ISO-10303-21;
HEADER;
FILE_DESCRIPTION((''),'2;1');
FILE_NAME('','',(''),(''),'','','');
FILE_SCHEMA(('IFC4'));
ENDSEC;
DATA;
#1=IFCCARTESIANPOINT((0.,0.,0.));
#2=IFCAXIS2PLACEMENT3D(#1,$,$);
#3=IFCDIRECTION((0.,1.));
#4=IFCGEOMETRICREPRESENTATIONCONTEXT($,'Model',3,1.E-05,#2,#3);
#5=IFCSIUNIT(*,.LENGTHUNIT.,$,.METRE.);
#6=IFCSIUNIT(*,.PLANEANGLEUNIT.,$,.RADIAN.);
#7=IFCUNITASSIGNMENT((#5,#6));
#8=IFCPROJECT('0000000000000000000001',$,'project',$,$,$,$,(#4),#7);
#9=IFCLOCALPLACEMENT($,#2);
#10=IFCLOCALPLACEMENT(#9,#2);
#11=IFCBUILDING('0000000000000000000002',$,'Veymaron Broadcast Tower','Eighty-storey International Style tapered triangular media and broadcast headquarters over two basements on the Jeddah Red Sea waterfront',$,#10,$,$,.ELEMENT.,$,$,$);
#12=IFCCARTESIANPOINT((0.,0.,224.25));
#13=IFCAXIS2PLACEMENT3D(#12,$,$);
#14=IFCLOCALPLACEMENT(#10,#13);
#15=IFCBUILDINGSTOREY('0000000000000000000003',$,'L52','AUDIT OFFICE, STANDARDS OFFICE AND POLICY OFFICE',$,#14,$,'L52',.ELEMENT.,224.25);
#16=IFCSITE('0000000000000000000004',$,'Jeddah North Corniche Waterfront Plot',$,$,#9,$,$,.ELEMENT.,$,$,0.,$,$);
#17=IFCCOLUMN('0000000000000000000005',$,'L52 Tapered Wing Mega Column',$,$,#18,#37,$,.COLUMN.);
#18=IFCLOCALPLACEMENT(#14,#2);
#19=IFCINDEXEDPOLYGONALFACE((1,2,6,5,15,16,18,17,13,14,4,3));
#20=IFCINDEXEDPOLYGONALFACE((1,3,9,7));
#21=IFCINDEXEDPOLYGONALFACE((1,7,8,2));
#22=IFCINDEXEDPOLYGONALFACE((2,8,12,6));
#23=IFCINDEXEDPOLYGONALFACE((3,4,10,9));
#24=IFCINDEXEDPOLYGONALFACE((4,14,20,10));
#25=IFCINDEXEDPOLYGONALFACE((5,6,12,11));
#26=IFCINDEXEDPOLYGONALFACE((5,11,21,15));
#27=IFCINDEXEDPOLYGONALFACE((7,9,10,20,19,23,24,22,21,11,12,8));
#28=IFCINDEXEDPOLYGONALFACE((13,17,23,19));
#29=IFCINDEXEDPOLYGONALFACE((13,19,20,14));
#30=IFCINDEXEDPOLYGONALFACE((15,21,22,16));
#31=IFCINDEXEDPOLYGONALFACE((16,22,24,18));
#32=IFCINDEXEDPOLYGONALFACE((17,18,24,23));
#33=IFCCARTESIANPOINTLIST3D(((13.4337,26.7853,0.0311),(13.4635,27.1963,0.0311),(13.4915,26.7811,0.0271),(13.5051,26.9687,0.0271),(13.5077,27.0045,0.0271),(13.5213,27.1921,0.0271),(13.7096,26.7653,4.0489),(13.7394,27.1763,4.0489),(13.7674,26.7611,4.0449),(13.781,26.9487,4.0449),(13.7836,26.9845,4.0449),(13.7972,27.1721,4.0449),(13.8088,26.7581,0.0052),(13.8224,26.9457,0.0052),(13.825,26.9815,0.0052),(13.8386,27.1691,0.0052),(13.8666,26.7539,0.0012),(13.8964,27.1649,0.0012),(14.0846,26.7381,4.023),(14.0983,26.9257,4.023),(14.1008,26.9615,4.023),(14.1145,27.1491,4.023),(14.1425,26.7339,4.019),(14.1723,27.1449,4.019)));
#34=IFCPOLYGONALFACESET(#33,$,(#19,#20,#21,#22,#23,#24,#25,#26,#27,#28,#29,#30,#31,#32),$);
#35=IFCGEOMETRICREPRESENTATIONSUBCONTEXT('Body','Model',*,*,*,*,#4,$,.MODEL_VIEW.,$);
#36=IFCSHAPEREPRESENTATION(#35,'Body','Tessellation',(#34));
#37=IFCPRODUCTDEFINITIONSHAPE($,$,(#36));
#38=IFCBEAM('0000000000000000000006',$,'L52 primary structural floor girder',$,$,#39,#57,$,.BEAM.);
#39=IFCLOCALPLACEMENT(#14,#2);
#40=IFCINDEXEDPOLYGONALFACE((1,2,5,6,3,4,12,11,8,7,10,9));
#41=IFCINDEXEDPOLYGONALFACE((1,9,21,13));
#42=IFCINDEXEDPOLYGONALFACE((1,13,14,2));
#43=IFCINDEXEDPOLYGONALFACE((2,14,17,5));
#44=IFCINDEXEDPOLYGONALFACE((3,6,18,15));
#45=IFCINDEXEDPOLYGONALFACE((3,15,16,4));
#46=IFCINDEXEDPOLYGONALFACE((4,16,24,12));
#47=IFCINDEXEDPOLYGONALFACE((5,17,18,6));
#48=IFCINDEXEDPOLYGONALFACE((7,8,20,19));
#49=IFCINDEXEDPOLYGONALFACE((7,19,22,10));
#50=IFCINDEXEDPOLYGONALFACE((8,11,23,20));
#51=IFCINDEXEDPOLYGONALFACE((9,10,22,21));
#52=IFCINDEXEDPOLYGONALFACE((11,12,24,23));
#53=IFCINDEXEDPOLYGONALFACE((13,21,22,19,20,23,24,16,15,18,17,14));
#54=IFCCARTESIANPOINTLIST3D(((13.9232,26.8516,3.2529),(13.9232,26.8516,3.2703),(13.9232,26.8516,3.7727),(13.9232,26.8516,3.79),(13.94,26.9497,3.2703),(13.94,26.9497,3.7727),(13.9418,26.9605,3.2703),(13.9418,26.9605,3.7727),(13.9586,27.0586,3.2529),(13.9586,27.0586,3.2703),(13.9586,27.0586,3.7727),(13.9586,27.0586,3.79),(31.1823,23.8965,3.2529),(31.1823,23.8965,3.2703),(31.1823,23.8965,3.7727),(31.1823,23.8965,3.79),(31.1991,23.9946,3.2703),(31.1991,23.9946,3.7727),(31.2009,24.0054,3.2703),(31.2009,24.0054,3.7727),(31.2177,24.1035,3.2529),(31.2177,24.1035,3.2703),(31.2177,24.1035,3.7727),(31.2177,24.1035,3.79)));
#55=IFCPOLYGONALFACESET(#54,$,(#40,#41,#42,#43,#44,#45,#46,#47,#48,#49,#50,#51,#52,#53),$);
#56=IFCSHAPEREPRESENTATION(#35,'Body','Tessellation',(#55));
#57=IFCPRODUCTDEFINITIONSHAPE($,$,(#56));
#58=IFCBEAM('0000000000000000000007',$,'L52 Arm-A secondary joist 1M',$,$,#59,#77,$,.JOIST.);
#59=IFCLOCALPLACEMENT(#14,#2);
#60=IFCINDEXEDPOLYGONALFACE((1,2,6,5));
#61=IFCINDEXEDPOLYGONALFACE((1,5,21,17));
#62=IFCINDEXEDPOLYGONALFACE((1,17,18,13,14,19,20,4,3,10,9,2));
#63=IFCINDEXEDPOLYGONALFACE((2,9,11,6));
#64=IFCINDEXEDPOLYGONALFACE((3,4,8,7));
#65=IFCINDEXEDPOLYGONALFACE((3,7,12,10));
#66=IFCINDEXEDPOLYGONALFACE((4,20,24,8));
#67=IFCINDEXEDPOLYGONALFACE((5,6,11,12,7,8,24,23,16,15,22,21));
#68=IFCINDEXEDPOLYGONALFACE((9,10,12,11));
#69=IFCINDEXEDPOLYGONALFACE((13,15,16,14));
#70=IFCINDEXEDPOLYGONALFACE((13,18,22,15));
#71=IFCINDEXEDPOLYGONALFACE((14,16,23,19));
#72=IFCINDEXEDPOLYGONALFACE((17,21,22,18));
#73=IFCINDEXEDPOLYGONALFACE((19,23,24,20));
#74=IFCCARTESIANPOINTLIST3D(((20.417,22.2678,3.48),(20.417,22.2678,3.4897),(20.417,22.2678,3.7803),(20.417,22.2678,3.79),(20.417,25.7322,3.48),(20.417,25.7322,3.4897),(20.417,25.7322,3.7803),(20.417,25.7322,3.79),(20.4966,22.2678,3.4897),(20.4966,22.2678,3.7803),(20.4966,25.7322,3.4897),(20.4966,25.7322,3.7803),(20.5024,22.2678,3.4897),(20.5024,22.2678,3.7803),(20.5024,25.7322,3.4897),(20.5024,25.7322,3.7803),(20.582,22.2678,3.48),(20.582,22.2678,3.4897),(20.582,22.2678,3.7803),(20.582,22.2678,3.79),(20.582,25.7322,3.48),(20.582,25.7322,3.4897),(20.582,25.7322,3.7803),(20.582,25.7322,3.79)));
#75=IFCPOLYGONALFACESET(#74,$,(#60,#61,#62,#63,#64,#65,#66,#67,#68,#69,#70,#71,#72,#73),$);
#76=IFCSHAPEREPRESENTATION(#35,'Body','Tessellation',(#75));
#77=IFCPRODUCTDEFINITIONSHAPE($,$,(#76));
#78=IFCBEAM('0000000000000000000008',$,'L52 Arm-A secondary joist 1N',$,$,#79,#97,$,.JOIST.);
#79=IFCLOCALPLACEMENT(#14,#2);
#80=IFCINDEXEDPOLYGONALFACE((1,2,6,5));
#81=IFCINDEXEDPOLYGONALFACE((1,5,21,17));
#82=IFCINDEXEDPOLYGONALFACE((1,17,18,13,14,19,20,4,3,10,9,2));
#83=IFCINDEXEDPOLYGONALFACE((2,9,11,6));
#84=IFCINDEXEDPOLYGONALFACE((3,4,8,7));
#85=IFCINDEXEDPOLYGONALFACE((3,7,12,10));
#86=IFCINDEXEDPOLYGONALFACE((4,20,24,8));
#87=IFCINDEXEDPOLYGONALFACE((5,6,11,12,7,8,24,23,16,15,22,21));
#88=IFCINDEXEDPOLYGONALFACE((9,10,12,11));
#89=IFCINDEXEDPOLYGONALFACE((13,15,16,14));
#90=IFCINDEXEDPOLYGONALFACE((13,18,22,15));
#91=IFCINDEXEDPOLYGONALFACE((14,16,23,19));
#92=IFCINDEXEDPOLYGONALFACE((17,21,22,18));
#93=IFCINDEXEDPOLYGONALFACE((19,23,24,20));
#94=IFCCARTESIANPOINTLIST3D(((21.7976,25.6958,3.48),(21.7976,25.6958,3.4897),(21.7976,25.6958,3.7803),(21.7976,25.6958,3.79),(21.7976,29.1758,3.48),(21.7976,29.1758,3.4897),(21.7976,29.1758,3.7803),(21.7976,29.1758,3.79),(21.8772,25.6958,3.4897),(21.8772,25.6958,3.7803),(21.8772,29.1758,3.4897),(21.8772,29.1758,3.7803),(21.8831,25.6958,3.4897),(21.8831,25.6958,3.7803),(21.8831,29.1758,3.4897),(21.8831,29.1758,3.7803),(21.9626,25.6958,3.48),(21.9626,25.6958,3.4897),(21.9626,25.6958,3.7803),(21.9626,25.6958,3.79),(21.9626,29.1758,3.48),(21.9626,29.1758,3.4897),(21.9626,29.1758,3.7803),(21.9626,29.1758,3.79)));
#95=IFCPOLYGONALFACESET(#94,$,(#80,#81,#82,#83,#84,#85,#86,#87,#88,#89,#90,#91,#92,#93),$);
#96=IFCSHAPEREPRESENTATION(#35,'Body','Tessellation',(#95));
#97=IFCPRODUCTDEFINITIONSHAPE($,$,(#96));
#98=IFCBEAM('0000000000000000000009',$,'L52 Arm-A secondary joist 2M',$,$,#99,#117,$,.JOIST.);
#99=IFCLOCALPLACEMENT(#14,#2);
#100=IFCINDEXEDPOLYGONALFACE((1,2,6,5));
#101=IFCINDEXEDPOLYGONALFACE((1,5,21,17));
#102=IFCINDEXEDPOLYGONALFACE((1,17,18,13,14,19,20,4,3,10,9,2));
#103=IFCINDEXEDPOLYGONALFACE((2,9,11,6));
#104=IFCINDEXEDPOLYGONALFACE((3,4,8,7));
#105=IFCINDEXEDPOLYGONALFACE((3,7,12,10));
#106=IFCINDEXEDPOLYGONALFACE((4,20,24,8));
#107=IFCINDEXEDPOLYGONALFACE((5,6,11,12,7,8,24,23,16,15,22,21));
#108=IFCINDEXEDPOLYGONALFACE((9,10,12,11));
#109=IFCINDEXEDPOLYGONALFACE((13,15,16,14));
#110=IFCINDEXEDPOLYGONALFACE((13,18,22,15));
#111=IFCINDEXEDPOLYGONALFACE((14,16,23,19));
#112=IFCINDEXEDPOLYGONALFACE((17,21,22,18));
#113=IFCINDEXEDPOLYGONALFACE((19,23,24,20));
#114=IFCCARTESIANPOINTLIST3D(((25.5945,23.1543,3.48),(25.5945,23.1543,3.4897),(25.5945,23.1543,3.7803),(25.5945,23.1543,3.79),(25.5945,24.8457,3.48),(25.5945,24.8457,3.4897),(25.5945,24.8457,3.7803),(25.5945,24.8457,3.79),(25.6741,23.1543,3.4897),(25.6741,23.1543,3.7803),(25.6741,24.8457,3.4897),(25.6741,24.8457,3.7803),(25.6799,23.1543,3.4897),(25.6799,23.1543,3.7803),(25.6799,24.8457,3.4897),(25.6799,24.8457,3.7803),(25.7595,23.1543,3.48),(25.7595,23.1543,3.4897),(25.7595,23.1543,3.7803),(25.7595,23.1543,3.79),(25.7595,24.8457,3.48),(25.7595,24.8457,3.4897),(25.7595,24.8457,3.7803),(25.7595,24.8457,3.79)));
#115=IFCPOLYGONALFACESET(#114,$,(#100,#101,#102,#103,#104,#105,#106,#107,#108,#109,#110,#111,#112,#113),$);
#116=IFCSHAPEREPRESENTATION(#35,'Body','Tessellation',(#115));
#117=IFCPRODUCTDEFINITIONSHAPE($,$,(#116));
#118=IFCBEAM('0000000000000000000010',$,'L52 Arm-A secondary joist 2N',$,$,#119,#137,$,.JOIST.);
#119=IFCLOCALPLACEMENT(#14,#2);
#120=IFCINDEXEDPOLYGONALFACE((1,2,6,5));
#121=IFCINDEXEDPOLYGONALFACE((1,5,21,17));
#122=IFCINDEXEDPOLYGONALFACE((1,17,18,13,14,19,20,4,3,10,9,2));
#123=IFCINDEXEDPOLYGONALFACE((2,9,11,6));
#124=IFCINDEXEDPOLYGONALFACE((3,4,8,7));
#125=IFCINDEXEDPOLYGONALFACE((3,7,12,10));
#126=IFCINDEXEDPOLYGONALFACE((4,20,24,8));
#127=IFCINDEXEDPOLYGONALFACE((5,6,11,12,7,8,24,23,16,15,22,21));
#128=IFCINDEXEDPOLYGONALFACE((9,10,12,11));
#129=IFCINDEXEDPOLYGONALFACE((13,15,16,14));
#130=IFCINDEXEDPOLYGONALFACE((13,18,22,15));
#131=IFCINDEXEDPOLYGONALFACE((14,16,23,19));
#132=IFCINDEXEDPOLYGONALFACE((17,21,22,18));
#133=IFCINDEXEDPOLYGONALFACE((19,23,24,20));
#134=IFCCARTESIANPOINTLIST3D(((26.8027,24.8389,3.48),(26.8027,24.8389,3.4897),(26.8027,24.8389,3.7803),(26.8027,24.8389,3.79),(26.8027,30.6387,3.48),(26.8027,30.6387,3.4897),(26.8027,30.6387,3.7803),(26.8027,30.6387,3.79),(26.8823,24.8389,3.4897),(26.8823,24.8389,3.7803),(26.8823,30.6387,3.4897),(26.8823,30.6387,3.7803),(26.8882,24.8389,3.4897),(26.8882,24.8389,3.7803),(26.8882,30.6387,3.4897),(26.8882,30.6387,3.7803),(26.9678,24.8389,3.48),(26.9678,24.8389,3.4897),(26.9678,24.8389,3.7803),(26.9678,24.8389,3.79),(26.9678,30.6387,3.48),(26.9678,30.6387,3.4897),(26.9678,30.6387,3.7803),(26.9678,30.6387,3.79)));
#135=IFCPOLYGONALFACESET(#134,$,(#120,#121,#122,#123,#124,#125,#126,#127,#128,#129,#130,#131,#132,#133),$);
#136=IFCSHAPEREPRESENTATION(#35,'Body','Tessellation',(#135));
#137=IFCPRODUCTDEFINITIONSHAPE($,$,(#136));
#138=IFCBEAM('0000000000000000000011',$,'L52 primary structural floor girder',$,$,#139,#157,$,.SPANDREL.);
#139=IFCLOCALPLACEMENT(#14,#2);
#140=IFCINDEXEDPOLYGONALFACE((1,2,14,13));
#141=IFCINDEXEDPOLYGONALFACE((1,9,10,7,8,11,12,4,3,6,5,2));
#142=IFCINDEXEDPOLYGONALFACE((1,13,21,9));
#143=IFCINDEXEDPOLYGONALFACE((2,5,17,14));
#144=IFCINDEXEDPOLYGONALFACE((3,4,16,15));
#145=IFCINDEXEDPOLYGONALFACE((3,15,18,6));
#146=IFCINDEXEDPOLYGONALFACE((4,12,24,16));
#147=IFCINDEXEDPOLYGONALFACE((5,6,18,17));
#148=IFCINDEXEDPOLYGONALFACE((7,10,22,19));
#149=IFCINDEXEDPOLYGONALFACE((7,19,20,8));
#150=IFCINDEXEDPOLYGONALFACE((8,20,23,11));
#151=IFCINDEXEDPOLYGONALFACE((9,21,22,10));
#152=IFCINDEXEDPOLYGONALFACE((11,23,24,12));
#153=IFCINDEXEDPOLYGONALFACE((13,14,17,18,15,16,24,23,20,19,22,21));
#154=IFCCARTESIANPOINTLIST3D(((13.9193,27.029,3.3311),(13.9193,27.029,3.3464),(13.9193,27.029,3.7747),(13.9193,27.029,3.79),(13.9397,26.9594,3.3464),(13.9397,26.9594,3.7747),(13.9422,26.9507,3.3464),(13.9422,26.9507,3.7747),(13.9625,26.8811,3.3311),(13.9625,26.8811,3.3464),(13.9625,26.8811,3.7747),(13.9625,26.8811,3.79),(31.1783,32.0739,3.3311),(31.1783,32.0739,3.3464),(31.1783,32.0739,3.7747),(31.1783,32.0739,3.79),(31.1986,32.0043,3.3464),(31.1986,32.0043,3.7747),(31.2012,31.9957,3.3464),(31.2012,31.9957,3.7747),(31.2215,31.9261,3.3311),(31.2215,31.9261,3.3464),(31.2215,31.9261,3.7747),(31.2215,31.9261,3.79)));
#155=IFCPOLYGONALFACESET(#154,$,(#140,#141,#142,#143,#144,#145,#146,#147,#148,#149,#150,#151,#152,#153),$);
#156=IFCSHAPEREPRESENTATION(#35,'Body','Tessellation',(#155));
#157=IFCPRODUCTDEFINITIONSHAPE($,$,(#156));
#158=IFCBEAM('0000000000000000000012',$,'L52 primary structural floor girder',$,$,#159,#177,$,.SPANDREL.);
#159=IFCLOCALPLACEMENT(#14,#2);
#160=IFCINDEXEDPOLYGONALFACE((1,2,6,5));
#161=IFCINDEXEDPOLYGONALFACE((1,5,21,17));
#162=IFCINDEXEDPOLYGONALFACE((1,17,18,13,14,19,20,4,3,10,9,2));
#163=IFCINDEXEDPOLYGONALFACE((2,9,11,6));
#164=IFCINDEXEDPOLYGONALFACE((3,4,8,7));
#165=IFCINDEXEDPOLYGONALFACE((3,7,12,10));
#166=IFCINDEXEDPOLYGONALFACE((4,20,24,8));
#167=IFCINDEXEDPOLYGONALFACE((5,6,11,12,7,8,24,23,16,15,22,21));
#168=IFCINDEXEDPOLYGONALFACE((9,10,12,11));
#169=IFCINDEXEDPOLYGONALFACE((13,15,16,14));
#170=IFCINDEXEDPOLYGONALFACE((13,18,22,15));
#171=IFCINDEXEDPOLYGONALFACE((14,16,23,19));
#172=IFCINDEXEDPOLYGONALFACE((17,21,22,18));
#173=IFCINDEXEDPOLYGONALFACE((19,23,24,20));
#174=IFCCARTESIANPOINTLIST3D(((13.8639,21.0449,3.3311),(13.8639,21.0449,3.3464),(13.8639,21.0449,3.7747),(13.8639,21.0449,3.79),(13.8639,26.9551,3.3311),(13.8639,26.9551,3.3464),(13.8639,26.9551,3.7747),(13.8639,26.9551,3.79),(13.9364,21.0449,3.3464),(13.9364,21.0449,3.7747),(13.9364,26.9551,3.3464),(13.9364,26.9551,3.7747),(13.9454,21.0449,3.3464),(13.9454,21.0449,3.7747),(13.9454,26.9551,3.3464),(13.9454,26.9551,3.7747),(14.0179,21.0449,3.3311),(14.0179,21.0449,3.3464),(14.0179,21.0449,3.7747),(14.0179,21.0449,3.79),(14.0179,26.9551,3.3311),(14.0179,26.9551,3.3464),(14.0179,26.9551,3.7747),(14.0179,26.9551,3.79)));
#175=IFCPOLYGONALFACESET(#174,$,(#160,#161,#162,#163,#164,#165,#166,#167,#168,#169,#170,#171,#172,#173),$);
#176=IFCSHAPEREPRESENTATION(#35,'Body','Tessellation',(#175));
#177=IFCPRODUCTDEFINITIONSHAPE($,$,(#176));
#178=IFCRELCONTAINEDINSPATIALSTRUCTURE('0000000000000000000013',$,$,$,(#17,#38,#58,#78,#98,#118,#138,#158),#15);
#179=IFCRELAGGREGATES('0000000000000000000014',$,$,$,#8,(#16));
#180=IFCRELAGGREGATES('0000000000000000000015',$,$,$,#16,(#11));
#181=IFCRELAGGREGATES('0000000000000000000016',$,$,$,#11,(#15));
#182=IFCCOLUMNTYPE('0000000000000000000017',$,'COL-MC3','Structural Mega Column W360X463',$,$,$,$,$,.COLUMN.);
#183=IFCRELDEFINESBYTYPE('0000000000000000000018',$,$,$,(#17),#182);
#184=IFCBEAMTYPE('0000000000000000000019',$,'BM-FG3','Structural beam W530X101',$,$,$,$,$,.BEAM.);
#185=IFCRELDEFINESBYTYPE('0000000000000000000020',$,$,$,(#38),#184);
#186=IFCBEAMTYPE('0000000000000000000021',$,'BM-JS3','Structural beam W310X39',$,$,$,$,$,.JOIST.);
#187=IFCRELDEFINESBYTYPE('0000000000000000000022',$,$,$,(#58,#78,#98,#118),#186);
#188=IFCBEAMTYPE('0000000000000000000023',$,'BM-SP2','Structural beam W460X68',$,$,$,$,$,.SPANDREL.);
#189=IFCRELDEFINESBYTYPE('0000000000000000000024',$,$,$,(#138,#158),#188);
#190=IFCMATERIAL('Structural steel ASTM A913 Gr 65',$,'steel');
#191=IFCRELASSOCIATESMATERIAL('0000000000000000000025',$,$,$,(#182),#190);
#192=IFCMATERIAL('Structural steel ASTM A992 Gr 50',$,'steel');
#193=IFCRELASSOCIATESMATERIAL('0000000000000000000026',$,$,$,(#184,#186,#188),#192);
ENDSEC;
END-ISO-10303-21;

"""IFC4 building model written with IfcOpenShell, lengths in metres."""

from ifc_helpers import new_model, si_unit, direction, frame, origin, origin_2d, place, context, subcontext, project, spatial, i_section, extrude, material, material_profile, profile_set, type_object, element, save


model = new_model("IFC4")

# Units and contexts
model_context = context("Model", 3, precision=1e-05, world=origin(), true_north=direction((0.0, 1.0)))
body_context = subcontext(model_context, "Body", "Model", "MODEL_VIEW")
ifc_project = project(units=[si_unit("LENGTHUNIT", "METRE"), si_unit("PLANEANGLEUNIT", "RADIAN")], contexts=[model_context])

# Site, building, storey
site_placement = place(None, origin())
site = spatial("IfcSite", under=ifc_project, at=site_placement, Name="Jeddah North Corniche Waterfront Plot", CompositionType="ELEMENT", RefElevation=0.0)
building_placement = place(site_placement, origin())
building = spatial("IfcBuilding", under=site, at=building_placement, Name="Veymaron Broadcast Tower", Description="Eighty-storey International Style tapered triangular media and broadcast headquarters over two basements on the Jeddah Red Sea waterfront", CompositionType="ELEMENT")
storey_placement = place(building_placement, frame((0.0, 0.0, 224.25)))
storey = spatial("IfcBuildingStorey", under=building, at=storey_placement, Name="L52", Description="AUDIT OFFICE, STANDARDS OFFICE AND POLICY OFFICE", LongName="L52", CompositionType="ELEMENT", Elevation=224.25)

# Column
ifc_material_1 = material(Name="Structural steel ASTM A913 Gr 65", Category="steel")
ifc_material_profile_1 = material_profile(ifc_material_1, i_section(OverallWidth=0.4121, OverallDepth=0.4351, WebThickness=0.0359, FlangeThickness=0.0581, at=origin_2d()), Name="W360X463")
ifc_profile_set_1 = profile_set([ifc_material_profile_1], Name="Structural steel ASTM A913 Gr 65")
column_type = type_object("IfcColumnType", Name="COL-MC3", Description="Structural Mega Column W360X463", PredefinedType="COLUMN", material=ifc_profile_set_1)
column_placement = place(storey_placement, frame((13.665, 26.9751, 0.0161), z_axis=(0.068502, -0.004971, 0.997639), x_axis=(0.072376, 0.997377, 0.0)))
element("IfcColumn", 1, at=column_placement, inside=storey, type_object=column_type, Name="L52 Tapered Wing Mega Column", PredefinedType="COLUMN", context=body_context, shape_type="SweptSolid", body=[
    extrude(i_section(OverallWidth=0.4121, OverallDepth=0.4351, WebThickness=0.0359, FlangeThickness=0.0581, at=origin_2d()), origin(), (0.0, 0.0, 1.0), 4.0273),
])

# Beams
ifc_material_2 = material(Name="Structural steel ASTM A992 Gr 50", Category="steel")
ifc_material_profile_2 = material_profile(ifc_material_2, i_section(OverallWidth=0.21, OverallDepth=0.5371, WebThickness=0.011, FlangeThickness=0.0173, at=origin_2d()), Name="W530X101")
ifc_profile_set_2 = profile_set([ifc_material_profile_2], Name="Structural steel ASTM A992 Gr 50")
beam_type_1 = type_object("IfcBeamType", Name="BM-FG3", Description="Structural beam W530X101", PredefinedType="BEAM", material=ifc_profile_set_2)
beam_1_placement = place(storey_placement, frame((13.9409, 26.9551, 3.5215), z_axis=(0.985657, -0.168763, 0.0), x_axis=(0.168763, 0.985657, 0.0)))
element("IfcBeam", 2, at=beam_1_placement, inside=storey, type_object=beam_type_1, Name="L52 primary structural floor girder", PredefinedType="BEAM", context=body_context, shape_type="SweptSolid", body=[
    extrude(i_section(OverallWidth=0.21, OverallDepth=0.5371, WebThickness=0.011, FlangeThickness=0.0173, at=origin_2d()), origin(), (0.0, 0.0, 1.0), 17.5103),
])
ifc_material_profile_3 = material_profile(ifc_material_2, i_section(OverallWidth=0.165, OverallDepth=0.3101, WebThickness=0.0059, FlangeThickness=0.0098, at=origin_2d()), Name="W310X39")
ifc_profile_set_3 = profile_set([ifc_material_profile_3], Name="Structural steel ASTM A992 Gr 50")
beam_type_2 = type_object("IfcBeamType", Name="BM-JS3", Description="Structural beam W310X39", PredefinedType="JOIST", material=ifc_profile_set_3)
beam_2_placement = place(storey_placement, frame((20.4995, 22.2678, 3.635), z_axis=(0.0, 1.0, 0.0), x_axis=(-1.0, 0.0, 0.0)))
element("IfcBeam", 3, at=beam_2_placement, inside=storey, type_object=beam_type_2, Name="L52 Arm-A secondary joist 1M", PredefinedType="JOIST", context=body_context, shape_type="SweptSolid", body=[
    extrude(i_section(OverallWidth=0.165, OverallDepth=0.3101, WebThickness=0.0059, FlangeThickness=0.0098, at=origin_2d()), origin(), (0.0, 0.0, 1.0), 3.4644),
])
beam_3_placement = place(storey_placement, frame((21.8801, 25.6958, 3.635), z_axis=(0.0, 1.0, 0.0), x_axis=(-1.0, 0.0, 0.0)))
element("IfcBeam", 4, at=beam_3_placement, inside=storey, type_object=beam_type_2, Name="L52 Arm-A secondary joist 1N", PredefinedType="JOIST", context=body_context, shape_type="SweptSolid", body=[
    extrude(i_section(OverallWidth=0.165, OverallDepth=0.3101, WebThickness=0.0059, FlangeThickness=0.0098, at=origin_2d()), origin(), (0.0, 0.0, 1.0), 3.48),
])
beam_4_placement = place(storey_placement, frame((25.677, 23.1543, 3.635), z_axis=(0.0, 1.0, 0.0), x_axis=(-1.0, 0.0, 0.0)))
element("IfcBeam", 5, at=beam_4_placement, inside=storey, type_object=beam_type_2, Name="L52 Arm-A secondary joist 2M", PredefinedType="JOIST", context=body_context, shape_type="SweptSolid", body=[
    extrude(i_section(OverallWidth=0.165, OverallDepth=0.3101, WebThickness=0.0059, FlangeThickness=0.0098, at=origin_2d()), origin(), (0.0, 0.0, 1.0), 1.6914),
])
beam_5_placement = place(storey_placement, frame((26.8853, 24.8389, 3.635), z_axis=(0.0, 1.0, 0.0), x_axis=(-1.0, 0.0, 0.0)))
element("IfcBeam", 6, at=beam_5_placement, inside=storey, type_object=beam_type_2, Name="L52 Arm-A secondary joist 2N", PredefinedType="JOIST", context=body_context, shape_type="SweptSolid", body=[
    extrude(i_section(OverallWidth=0.165, OverallDepth=0.3101, WebThickness=0.0059, FlangeThickness=0.0098, at=origin_2d()), origin(), (0.0, 0.0, 1.0), 5.7998),
])
ifc_material_profile_4 = material_profile(ifc_material_2, i_section(OverallWidth=0.1541, OverallDepth=0.459, WebThickness=0.009, FlangeThickness=0.0154, at=origin_2d()), Name="W460X68")
ifc_profile_set_4 = profile_set([ifc_material_profile_4], Name="Structural steel ASTM A992 Gr 50")
beam_type_3 = type_object("IfcBeamType", Name="BM-SP2", Description="Structural beam W460X68", PredefinedType="SPANDREL", material=ifc_profile_set_4)
beam_6_placement = place(storey_placement, frame((13.9409, 26.9551, 3.5605), z_axis=(0.959835, 0.280566, 0.0), x_axis=(-0.280566, 0.959835, 0.0)))
element("IfcBeam", 7, at=beam_6_placement, inside=storey, type_object=beam_type_3, Name="L52 primary structural floor girder", PredefinedType="SPANDREL", context=body_context, shape_type="SweptSolid", body=[
    extrude(i_section(OverallWidth=0.1541, OverallDepth=0.459, WebThickness=0.009, FlangeThickness=0.0154, at=origin_2d()), origin(), (0.0, 0.0, 1.0), 17.9812),
])
beam_7_placement = place(storey_placement, frame((13.9409, 21.0449, 3.5605), z_axis=(0.0, 1.0, 0.0), x_axis=(-1.0, 0.0, 0.0)))
element("IfcBeam", 8, at=beam_7_placement, inside=storey, type_object=beam_type_3, Name="L52 primary structural floor girder", PredefinedType="SPANDREL", context=body_context, shape_type="SweptSolid", body=[
    extrude(i_section(OverallWidth=0.1541, OverallDepth=0.459, WebThickness=0.009, FlangeThickness=0.0154, at=origin_2d()), origin(), (0.0, 0.0, 1.0), 5.9102),
])

save(model, "model.ifc")
